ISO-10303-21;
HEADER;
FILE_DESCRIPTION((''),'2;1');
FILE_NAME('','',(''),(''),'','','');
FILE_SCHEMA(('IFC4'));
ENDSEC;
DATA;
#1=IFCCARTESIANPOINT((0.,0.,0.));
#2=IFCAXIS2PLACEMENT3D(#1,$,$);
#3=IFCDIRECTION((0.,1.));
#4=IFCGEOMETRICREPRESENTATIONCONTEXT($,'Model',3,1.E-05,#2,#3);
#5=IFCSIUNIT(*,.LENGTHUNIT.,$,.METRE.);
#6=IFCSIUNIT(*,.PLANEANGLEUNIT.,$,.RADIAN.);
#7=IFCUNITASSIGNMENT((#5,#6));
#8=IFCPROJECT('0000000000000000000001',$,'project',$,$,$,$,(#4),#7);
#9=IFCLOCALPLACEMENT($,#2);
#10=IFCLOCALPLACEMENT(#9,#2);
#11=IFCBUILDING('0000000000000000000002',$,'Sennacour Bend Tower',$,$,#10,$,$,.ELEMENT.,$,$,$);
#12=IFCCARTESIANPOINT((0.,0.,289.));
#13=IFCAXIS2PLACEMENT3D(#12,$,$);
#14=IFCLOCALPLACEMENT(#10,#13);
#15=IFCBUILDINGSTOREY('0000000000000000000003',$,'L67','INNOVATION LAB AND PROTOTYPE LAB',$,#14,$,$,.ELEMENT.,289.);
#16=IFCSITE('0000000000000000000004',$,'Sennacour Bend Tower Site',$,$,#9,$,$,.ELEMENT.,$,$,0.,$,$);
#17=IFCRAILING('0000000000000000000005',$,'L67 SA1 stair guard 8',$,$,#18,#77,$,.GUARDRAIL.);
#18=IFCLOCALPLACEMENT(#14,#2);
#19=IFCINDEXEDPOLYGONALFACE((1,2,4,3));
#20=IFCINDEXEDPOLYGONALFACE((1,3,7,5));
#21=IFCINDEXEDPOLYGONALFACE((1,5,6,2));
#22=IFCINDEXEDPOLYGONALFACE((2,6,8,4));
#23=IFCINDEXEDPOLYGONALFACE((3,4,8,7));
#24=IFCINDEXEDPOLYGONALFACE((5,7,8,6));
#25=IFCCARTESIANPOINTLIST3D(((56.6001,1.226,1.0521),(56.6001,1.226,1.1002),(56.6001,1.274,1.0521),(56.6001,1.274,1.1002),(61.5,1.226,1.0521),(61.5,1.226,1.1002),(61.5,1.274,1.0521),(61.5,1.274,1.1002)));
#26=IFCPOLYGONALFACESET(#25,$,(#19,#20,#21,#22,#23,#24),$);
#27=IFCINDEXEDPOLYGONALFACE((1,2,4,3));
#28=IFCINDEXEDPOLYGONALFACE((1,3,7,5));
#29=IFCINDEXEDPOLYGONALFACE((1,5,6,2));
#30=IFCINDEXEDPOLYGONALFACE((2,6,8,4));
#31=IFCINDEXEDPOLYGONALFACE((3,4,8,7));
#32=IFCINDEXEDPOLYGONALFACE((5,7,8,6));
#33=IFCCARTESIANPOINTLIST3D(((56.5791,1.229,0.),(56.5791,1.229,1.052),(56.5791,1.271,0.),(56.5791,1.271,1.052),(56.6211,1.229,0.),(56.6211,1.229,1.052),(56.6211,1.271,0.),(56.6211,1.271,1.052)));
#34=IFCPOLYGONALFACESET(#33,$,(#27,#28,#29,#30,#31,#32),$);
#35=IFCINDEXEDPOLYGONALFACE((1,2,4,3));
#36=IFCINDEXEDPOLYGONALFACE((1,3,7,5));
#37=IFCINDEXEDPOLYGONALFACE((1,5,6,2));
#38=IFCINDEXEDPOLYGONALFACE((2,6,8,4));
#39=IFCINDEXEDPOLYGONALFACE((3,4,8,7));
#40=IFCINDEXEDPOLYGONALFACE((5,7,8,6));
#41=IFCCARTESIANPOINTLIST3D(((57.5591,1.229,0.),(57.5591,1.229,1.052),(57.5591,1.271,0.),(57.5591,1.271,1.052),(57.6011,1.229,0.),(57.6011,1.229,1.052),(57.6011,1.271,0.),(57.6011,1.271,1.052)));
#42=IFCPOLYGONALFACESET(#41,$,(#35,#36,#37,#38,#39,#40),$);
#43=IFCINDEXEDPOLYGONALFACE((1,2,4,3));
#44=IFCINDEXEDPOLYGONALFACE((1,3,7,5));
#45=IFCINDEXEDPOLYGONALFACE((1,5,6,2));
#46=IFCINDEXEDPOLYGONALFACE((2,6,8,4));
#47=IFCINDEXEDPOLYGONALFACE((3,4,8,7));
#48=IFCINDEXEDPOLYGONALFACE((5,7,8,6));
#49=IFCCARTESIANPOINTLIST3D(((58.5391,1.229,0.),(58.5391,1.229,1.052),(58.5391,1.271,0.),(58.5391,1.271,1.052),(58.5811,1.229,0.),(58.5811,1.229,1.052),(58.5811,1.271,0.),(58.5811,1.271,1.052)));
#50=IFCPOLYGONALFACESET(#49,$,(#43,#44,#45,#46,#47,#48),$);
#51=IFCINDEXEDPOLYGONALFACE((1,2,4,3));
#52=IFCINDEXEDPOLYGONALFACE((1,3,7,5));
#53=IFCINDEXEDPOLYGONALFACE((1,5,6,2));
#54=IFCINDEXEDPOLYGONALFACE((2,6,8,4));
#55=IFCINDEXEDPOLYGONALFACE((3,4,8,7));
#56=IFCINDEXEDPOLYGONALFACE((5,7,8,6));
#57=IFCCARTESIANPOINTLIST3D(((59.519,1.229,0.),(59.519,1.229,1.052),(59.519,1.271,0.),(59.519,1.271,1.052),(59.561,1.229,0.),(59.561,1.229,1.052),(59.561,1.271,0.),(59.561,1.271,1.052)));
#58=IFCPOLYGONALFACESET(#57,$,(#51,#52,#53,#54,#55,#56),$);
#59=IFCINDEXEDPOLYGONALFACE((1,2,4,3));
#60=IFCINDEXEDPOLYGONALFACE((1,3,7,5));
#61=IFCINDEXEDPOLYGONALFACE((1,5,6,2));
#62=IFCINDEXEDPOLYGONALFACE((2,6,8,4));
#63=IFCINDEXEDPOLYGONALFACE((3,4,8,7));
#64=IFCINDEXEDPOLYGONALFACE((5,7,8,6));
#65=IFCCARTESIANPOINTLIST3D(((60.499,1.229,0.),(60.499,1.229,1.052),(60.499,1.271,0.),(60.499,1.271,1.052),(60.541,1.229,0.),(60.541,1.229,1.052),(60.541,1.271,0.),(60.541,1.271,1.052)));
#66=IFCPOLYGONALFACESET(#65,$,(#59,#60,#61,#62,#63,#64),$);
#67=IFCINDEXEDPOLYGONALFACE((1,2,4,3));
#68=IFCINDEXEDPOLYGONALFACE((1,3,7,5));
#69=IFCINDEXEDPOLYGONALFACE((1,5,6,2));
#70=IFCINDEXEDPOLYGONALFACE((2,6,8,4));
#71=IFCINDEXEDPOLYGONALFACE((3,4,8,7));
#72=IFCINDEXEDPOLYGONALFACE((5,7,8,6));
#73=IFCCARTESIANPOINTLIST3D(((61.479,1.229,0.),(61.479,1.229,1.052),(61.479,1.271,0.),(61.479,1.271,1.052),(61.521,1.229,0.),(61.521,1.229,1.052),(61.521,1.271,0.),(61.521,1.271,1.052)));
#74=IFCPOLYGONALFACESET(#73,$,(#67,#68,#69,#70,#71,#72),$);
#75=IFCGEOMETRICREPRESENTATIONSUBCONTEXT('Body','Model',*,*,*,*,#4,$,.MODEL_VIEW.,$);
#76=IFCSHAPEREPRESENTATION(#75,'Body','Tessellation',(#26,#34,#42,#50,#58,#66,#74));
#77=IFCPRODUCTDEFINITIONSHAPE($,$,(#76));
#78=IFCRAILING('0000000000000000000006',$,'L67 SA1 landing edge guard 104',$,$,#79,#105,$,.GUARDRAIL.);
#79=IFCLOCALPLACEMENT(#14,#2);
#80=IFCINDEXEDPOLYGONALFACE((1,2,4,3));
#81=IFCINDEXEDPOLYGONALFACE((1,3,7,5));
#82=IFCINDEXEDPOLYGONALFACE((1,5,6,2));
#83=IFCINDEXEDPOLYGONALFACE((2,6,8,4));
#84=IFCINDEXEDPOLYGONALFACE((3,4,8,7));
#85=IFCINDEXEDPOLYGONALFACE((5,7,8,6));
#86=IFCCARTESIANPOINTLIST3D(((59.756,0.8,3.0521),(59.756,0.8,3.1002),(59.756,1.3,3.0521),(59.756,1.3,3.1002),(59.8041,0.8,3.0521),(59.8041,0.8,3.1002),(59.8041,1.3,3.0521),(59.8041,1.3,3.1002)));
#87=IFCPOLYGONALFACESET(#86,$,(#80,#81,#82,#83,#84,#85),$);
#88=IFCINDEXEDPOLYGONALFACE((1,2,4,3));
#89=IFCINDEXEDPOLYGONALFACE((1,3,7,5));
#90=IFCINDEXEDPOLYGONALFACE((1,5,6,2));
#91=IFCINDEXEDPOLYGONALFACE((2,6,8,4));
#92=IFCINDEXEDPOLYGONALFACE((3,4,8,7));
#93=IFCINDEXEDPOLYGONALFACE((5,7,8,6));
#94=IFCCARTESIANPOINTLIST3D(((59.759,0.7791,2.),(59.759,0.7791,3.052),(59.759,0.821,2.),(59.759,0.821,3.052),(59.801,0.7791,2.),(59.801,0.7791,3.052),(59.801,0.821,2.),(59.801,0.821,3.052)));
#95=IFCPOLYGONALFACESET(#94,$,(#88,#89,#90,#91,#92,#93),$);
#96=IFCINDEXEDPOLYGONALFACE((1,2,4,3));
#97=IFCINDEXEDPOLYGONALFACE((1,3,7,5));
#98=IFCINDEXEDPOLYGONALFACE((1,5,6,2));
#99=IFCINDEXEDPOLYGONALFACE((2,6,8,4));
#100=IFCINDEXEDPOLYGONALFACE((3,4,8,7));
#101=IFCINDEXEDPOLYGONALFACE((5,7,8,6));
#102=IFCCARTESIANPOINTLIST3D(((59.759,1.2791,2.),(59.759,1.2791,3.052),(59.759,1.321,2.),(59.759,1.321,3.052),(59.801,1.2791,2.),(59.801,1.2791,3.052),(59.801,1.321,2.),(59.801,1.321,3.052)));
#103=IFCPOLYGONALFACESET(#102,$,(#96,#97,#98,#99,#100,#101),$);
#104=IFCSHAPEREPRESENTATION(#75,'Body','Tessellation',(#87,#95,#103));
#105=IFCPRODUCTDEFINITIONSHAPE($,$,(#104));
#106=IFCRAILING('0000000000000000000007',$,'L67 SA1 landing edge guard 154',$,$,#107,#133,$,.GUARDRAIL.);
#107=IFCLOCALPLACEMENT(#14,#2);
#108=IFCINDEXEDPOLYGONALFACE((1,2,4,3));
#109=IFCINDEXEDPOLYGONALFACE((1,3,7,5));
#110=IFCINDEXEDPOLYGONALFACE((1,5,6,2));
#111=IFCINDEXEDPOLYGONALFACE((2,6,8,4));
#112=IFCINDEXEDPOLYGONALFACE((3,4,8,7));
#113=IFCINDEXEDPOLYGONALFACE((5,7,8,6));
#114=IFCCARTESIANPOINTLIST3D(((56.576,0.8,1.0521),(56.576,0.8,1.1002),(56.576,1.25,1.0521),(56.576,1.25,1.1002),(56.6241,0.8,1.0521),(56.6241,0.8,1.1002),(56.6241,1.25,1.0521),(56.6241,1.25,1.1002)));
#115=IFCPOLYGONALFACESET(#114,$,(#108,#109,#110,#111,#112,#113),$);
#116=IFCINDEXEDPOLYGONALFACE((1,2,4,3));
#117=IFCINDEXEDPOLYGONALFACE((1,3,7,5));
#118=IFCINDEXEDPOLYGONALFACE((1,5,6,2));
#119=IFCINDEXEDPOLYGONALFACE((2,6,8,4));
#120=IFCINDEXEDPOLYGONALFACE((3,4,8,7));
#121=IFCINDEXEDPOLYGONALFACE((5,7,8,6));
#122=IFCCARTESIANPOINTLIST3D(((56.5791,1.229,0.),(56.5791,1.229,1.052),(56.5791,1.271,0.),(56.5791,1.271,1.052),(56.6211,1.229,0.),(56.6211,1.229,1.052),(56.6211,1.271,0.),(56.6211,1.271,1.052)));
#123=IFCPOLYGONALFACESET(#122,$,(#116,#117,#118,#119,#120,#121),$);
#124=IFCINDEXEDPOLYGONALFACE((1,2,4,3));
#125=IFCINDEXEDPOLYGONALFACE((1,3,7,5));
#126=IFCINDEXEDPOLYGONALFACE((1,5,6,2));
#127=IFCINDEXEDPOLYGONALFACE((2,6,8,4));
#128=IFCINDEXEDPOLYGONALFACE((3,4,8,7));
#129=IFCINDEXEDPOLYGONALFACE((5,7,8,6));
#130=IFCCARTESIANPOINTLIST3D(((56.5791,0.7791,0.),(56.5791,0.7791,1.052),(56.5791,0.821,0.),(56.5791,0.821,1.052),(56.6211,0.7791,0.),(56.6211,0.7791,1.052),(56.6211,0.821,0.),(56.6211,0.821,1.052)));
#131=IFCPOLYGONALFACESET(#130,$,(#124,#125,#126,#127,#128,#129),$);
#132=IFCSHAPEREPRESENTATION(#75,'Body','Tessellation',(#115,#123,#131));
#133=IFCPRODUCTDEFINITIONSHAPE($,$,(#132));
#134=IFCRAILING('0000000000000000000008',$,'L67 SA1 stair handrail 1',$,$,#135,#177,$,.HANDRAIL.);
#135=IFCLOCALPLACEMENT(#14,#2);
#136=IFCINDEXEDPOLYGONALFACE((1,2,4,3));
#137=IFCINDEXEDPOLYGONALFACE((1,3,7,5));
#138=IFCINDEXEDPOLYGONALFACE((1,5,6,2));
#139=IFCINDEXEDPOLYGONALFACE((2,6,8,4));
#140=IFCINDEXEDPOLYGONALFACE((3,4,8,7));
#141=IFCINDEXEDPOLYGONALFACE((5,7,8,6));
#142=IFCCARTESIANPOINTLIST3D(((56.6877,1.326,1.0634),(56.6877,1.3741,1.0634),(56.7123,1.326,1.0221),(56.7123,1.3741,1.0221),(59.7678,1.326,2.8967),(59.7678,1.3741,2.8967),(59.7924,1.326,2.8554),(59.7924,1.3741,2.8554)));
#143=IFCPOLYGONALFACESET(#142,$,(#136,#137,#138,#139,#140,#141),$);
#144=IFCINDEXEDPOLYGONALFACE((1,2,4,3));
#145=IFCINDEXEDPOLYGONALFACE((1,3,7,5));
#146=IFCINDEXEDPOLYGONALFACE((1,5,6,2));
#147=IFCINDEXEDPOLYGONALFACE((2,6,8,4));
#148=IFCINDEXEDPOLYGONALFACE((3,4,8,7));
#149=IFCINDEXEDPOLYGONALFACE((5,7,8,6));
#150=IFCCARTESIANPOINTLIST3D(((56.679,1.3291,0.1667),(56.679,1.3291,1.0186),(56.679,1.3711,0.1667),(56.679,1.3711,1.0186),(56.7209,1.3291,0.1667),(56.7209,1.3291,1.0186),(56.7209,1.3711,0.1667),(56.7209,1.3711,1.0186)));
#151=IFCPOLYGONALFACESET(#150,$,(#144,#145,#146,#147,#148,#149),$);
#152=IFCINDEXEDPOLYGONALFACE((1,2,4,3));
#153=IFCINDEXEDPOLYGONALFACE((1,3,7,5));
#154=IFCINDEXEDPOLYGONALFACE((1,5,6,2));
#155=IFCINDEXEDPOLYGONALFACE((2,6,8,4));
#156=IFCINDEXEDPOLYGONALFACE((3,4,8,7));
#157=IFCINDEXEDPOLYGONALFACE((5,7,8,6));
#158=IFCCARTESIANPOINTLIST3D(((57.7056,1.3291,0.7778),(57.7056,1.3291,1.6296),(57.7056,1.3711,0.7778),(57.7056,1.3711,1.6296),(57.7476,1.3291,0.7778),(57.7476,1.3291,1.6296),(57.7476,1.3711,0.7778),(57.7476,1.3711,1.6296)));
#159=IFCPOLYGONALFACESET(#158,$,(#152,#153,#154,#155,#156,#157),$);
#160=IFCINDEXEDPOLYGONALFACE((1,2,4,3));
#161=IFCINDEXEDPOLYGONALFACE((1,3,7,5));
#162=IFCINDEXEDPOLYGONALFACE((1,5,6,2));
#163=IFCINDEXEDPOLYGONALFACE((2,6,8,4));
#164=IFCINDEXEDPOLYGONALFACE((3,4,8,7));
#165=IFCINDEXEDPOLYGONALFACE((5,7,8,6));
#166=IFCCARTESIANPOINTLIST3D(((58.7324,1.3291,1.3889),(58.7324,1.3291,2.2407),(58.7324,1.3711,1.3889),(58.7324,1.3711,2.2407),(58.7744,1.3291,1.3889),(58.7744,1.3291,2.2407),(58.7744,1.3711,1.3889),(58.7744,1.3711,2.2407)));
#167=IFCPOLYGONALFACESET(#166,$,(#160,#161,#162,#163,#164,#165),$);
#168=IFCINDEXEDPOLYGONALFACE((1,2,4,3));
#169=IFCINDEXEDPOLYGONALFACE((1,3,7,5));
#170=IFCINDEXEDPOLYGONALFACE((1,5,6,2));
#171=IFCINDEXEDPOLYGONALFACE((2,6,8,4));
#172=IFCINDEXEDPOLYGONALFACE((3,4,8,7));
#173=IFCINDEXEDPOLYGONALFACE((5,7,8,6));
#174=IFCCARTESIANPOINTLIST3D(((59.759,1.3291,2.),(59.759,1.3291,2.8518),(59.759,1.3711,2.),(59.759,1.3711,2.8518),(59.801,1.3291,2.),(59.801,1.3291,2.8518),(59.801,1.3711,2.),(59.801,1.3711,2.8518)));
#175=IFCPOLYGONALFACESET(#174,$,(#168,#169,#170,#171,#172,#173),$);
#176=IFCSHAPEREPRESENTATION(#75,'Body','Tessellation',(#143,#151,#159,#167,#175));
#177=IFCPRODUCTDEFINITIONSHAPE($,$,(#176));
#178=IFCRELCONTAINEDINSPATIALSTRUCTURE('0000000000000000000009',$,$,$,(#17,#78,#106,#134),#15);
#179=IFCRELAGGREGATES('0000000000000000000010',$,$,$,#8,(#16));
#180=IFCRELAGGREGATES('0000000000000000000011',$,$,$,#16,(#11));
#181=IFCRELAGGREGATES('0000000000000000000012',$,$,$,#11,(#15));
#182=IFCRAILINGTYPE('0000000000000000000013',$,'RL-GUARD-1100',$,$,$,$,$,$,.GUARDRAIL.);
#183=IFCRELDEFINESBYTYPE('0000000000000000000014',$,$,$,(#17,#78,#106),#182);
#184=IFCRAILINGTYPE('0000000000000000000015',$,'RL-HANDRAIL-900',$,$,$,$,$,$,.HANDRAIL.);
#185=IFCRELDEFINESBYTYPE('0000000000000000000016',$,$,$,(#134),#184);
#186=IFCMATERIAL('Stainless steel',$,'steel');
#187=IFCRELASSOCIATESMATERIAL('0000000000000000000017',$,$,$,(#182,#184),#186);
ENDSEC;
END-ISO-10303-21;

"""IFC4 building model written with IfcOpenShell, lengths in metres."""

from ifc_helpers import new_model, si_unit, direction, frame, origin, origin_2d, place, context, subcontext, project, spatial, rectangle, extrude, material, type_object, element, save


model = new_model("IFC4")

# Units and contexts
model_context = context("Model", 3, precision=1e-05, world=origin(), true_north=direction((0.0, 1.0)))
body_context = subcontext(model_context, "Body", "Model", "MODEL_VIEW")
ifc_project = project(units=[si_unit("LENGTHUNIT", "METRE"), si_unit("PLANEANGLEUNIT", "RADIAN")], contexts=[model_context])

# Site, building, storey
site_placement = place(None, origin())
site = spatial("IfcSite", under=ifc_project, at=site_placement, Name="Sennacour Bend Tower Site", CompositionType="ELEMENT", RefElevation=0.0)
building_placement = place(site_placement, origin())
building = spatial("IfcBuilding", under=site, at=building_placement, Name="Sennacour Bend Tower", CompositionType="ELEMENT")
storey_placement = place(building_placement, frame((0.0, 0.0, 289.0)))
storey = spatial("IfcBuildingStorey", under=building, at=storey_placement, Name="L67", Description="INNOVATION LAB AND PROTOTYPE LAB", CompositionType="ELEMENT", Elevation=289.0)

# Shared definitions
ifc_material_1 = material(Name="Stainless steel", Category="steel")

# Railings
railing_type_1 = type_object("IfcRailingType", Name="RL-GUARD-1100", PredefinedType="GUARDRAIL", material=ifc_material_1)
railing_1_placement = place(storey_placement, frame((56.6001, 1.25, 0.0)))
element("IfcRailing", 1, at=railing_1_placement, inside=storey, type_object=railing_type_1, Name="L67 SA1 stair guard 8", PredefinedType="GUARDRAIL", context=body_context, shape_type="SweptSolid", body=[
    extrude(rectangle(XDim=0.0481, YDim=0.0481, at=origin_2d()), frame((0.0, 0.0, 1.0762), z_axis=(1.0, 0.0, 0.0), x_axis=(0.0, 1.0, 0.0)), (0.0, 0.0, 1.0), 4.8999),
    extrude(rectangle(XDim=0.042, YDim=0.042, at=origin_2d()), origin(), (0.0, 0.0, 1.0), 1.052),
    extrude(rectangle(XDim=0.042, YDim=0.042, at=origin_2d()), frame((0.98, 0.0, 0.0)), (0.0, 0.0, 1.0), 1.052),
    extrude(rectangle(XDim=0.042, YDim=0.042, at=origin_2d()), frame((1.96, 0.0, 0.0)), (0.0, 0.0, 1.0), 1.052),
    extrude(rectangle(XDim=0.042, YDim=0.042, at=origin_2d()), frame((2.9399, 0.0, 0.0)), (0.0, 0.0, 1.0), 1.052),
    extrude(rectangle(XDim=0.042, YDim=0.042, at=origin_2d()), frame((3.9199, 0.0, 0.0)), (0.0, 0.0, 1.0), 1.052),
    extrude(rectangle(XDim=0.042, YDim=0.042, at=origin_2d()), frame((4.8999, 0.0, 0.0)), (0.0, 0.0, 1.0), 1.052),
])
railing_2_placement = place(storey_placement, frame((59.78, 0.8, 2.0)))
element("IfcRailing", 2, at=railing_2_placement, inside=storey, type_object=railing_type_1, Name="L67 SA1 landing edge guard 104", PredefinedType="GUARDRAIL", context=body_context, shape_type="SweptSolid", body=[
    extrude(rectangle(XDim=0.0481, YDim=0.0481, at=origin_2d()), frame((0.0, 0.0, 1.0762), z_axis=(0.0, 1.0, 0.0), x_axis=(-1.0, 0.0, 0.0)), (0.0, 0.0, 1.0), 0.5),
    extrude(rectangle(XDim=0.042, YDim=0.042, at=origin_2d()), origin(), (0.0, 0.0, 1.0), 1.052),
    extrude(rectangle(XDim=0.042, YDim=0.042, at=origin_2d()), frame((0.0, 0.5, 0.0)), (0.0, 0.0, 1.0), 1.052),
])
railing_3_placement = place(storey_placement, frame((56.6001, 1.25, 0.0)))
element("IfcRailing", 3, at=railing_3_placement, inside=storey, type_object=railing_type_1, Name="L67 SA1 landing edge guard 154", PredefinedType="GUARDRAIL", context=body_context, shape_type="SweptSolid", body=[
    extrude(rectangle(XDim=0.0481, YDim=0.0481, at=origin_2d()), frame((0.0, 0.0, 1.0762), z_axis=(0.0, -1.0, 0.0), x_axis=(1.0, 0.0, 0.0)), (0.0, 0.0, 1.0), 0.45),
    extrude(rectangle(XDim=0.042, YDim=0.042, at=origin_2d()), origin(), (0.0, 0.0, 1.0), 1.052),
    extrude(rectangle(XDim=0.042, YDim=0.042, at=origin_2d()), frame((0.0, -0.45, 0.0)), (0.0, 0.0, 1.0), 1.052),
])
railing_type_2 = type_object("IfcRailingType", Name="RL-HANDRAIL-900", PredefinedType="HANDRAIL", material=ifc_material_1)
railing_4_placement = place(storey_placement, frame((56.7, 1.3501, 0.1667)))
element("IfcRailing", 4, at=railing_4_placement, inside=storey, type_object=railing_type_2, Name="L67 SA1 stair handrail 1", PredefinedType="HANDRAIL", context=body_context, shape_type="SweptSolid", body=[
    extrude(rectangle(XDim=0.0481, YDim=0.0481, at=origin_2d()), frame((0.0, 0.0, 0.876), z_axis=(0.859309, 0.0, 0.511458), x_axis=(0.0, 1.0, 0.0)), (0.0, 0.0, 1.0), 3.5845),
    extrude(rectangle(XDim=0.042, YDim=0.042, at=origin_2d()), origin(), (0.0, 0.0, 1.0), 0.8518),
    extrude(rectangle(XDim=0.042, YDim=0.042, at=origin_2d()), frame((1.0266, 0.0, 0.6111)), (0.0, 0.0, 1.0), 0.8518),
    extrude(rectangle(XDim=0.042, YDim=0.042, at=origin_2d()), frame((2.0535, 0.0, 1.2222)), (0.0, 0.0, 1.0), 0.8518),
    extrude(rectangle(XDim=0.042, YDim=0.042, at=origin_2d()), frame((3.0801, 0.0, 1.8333)), (0.0, 0.0, 1.0), 0.8518),
])

save(model, "model.ifc")
